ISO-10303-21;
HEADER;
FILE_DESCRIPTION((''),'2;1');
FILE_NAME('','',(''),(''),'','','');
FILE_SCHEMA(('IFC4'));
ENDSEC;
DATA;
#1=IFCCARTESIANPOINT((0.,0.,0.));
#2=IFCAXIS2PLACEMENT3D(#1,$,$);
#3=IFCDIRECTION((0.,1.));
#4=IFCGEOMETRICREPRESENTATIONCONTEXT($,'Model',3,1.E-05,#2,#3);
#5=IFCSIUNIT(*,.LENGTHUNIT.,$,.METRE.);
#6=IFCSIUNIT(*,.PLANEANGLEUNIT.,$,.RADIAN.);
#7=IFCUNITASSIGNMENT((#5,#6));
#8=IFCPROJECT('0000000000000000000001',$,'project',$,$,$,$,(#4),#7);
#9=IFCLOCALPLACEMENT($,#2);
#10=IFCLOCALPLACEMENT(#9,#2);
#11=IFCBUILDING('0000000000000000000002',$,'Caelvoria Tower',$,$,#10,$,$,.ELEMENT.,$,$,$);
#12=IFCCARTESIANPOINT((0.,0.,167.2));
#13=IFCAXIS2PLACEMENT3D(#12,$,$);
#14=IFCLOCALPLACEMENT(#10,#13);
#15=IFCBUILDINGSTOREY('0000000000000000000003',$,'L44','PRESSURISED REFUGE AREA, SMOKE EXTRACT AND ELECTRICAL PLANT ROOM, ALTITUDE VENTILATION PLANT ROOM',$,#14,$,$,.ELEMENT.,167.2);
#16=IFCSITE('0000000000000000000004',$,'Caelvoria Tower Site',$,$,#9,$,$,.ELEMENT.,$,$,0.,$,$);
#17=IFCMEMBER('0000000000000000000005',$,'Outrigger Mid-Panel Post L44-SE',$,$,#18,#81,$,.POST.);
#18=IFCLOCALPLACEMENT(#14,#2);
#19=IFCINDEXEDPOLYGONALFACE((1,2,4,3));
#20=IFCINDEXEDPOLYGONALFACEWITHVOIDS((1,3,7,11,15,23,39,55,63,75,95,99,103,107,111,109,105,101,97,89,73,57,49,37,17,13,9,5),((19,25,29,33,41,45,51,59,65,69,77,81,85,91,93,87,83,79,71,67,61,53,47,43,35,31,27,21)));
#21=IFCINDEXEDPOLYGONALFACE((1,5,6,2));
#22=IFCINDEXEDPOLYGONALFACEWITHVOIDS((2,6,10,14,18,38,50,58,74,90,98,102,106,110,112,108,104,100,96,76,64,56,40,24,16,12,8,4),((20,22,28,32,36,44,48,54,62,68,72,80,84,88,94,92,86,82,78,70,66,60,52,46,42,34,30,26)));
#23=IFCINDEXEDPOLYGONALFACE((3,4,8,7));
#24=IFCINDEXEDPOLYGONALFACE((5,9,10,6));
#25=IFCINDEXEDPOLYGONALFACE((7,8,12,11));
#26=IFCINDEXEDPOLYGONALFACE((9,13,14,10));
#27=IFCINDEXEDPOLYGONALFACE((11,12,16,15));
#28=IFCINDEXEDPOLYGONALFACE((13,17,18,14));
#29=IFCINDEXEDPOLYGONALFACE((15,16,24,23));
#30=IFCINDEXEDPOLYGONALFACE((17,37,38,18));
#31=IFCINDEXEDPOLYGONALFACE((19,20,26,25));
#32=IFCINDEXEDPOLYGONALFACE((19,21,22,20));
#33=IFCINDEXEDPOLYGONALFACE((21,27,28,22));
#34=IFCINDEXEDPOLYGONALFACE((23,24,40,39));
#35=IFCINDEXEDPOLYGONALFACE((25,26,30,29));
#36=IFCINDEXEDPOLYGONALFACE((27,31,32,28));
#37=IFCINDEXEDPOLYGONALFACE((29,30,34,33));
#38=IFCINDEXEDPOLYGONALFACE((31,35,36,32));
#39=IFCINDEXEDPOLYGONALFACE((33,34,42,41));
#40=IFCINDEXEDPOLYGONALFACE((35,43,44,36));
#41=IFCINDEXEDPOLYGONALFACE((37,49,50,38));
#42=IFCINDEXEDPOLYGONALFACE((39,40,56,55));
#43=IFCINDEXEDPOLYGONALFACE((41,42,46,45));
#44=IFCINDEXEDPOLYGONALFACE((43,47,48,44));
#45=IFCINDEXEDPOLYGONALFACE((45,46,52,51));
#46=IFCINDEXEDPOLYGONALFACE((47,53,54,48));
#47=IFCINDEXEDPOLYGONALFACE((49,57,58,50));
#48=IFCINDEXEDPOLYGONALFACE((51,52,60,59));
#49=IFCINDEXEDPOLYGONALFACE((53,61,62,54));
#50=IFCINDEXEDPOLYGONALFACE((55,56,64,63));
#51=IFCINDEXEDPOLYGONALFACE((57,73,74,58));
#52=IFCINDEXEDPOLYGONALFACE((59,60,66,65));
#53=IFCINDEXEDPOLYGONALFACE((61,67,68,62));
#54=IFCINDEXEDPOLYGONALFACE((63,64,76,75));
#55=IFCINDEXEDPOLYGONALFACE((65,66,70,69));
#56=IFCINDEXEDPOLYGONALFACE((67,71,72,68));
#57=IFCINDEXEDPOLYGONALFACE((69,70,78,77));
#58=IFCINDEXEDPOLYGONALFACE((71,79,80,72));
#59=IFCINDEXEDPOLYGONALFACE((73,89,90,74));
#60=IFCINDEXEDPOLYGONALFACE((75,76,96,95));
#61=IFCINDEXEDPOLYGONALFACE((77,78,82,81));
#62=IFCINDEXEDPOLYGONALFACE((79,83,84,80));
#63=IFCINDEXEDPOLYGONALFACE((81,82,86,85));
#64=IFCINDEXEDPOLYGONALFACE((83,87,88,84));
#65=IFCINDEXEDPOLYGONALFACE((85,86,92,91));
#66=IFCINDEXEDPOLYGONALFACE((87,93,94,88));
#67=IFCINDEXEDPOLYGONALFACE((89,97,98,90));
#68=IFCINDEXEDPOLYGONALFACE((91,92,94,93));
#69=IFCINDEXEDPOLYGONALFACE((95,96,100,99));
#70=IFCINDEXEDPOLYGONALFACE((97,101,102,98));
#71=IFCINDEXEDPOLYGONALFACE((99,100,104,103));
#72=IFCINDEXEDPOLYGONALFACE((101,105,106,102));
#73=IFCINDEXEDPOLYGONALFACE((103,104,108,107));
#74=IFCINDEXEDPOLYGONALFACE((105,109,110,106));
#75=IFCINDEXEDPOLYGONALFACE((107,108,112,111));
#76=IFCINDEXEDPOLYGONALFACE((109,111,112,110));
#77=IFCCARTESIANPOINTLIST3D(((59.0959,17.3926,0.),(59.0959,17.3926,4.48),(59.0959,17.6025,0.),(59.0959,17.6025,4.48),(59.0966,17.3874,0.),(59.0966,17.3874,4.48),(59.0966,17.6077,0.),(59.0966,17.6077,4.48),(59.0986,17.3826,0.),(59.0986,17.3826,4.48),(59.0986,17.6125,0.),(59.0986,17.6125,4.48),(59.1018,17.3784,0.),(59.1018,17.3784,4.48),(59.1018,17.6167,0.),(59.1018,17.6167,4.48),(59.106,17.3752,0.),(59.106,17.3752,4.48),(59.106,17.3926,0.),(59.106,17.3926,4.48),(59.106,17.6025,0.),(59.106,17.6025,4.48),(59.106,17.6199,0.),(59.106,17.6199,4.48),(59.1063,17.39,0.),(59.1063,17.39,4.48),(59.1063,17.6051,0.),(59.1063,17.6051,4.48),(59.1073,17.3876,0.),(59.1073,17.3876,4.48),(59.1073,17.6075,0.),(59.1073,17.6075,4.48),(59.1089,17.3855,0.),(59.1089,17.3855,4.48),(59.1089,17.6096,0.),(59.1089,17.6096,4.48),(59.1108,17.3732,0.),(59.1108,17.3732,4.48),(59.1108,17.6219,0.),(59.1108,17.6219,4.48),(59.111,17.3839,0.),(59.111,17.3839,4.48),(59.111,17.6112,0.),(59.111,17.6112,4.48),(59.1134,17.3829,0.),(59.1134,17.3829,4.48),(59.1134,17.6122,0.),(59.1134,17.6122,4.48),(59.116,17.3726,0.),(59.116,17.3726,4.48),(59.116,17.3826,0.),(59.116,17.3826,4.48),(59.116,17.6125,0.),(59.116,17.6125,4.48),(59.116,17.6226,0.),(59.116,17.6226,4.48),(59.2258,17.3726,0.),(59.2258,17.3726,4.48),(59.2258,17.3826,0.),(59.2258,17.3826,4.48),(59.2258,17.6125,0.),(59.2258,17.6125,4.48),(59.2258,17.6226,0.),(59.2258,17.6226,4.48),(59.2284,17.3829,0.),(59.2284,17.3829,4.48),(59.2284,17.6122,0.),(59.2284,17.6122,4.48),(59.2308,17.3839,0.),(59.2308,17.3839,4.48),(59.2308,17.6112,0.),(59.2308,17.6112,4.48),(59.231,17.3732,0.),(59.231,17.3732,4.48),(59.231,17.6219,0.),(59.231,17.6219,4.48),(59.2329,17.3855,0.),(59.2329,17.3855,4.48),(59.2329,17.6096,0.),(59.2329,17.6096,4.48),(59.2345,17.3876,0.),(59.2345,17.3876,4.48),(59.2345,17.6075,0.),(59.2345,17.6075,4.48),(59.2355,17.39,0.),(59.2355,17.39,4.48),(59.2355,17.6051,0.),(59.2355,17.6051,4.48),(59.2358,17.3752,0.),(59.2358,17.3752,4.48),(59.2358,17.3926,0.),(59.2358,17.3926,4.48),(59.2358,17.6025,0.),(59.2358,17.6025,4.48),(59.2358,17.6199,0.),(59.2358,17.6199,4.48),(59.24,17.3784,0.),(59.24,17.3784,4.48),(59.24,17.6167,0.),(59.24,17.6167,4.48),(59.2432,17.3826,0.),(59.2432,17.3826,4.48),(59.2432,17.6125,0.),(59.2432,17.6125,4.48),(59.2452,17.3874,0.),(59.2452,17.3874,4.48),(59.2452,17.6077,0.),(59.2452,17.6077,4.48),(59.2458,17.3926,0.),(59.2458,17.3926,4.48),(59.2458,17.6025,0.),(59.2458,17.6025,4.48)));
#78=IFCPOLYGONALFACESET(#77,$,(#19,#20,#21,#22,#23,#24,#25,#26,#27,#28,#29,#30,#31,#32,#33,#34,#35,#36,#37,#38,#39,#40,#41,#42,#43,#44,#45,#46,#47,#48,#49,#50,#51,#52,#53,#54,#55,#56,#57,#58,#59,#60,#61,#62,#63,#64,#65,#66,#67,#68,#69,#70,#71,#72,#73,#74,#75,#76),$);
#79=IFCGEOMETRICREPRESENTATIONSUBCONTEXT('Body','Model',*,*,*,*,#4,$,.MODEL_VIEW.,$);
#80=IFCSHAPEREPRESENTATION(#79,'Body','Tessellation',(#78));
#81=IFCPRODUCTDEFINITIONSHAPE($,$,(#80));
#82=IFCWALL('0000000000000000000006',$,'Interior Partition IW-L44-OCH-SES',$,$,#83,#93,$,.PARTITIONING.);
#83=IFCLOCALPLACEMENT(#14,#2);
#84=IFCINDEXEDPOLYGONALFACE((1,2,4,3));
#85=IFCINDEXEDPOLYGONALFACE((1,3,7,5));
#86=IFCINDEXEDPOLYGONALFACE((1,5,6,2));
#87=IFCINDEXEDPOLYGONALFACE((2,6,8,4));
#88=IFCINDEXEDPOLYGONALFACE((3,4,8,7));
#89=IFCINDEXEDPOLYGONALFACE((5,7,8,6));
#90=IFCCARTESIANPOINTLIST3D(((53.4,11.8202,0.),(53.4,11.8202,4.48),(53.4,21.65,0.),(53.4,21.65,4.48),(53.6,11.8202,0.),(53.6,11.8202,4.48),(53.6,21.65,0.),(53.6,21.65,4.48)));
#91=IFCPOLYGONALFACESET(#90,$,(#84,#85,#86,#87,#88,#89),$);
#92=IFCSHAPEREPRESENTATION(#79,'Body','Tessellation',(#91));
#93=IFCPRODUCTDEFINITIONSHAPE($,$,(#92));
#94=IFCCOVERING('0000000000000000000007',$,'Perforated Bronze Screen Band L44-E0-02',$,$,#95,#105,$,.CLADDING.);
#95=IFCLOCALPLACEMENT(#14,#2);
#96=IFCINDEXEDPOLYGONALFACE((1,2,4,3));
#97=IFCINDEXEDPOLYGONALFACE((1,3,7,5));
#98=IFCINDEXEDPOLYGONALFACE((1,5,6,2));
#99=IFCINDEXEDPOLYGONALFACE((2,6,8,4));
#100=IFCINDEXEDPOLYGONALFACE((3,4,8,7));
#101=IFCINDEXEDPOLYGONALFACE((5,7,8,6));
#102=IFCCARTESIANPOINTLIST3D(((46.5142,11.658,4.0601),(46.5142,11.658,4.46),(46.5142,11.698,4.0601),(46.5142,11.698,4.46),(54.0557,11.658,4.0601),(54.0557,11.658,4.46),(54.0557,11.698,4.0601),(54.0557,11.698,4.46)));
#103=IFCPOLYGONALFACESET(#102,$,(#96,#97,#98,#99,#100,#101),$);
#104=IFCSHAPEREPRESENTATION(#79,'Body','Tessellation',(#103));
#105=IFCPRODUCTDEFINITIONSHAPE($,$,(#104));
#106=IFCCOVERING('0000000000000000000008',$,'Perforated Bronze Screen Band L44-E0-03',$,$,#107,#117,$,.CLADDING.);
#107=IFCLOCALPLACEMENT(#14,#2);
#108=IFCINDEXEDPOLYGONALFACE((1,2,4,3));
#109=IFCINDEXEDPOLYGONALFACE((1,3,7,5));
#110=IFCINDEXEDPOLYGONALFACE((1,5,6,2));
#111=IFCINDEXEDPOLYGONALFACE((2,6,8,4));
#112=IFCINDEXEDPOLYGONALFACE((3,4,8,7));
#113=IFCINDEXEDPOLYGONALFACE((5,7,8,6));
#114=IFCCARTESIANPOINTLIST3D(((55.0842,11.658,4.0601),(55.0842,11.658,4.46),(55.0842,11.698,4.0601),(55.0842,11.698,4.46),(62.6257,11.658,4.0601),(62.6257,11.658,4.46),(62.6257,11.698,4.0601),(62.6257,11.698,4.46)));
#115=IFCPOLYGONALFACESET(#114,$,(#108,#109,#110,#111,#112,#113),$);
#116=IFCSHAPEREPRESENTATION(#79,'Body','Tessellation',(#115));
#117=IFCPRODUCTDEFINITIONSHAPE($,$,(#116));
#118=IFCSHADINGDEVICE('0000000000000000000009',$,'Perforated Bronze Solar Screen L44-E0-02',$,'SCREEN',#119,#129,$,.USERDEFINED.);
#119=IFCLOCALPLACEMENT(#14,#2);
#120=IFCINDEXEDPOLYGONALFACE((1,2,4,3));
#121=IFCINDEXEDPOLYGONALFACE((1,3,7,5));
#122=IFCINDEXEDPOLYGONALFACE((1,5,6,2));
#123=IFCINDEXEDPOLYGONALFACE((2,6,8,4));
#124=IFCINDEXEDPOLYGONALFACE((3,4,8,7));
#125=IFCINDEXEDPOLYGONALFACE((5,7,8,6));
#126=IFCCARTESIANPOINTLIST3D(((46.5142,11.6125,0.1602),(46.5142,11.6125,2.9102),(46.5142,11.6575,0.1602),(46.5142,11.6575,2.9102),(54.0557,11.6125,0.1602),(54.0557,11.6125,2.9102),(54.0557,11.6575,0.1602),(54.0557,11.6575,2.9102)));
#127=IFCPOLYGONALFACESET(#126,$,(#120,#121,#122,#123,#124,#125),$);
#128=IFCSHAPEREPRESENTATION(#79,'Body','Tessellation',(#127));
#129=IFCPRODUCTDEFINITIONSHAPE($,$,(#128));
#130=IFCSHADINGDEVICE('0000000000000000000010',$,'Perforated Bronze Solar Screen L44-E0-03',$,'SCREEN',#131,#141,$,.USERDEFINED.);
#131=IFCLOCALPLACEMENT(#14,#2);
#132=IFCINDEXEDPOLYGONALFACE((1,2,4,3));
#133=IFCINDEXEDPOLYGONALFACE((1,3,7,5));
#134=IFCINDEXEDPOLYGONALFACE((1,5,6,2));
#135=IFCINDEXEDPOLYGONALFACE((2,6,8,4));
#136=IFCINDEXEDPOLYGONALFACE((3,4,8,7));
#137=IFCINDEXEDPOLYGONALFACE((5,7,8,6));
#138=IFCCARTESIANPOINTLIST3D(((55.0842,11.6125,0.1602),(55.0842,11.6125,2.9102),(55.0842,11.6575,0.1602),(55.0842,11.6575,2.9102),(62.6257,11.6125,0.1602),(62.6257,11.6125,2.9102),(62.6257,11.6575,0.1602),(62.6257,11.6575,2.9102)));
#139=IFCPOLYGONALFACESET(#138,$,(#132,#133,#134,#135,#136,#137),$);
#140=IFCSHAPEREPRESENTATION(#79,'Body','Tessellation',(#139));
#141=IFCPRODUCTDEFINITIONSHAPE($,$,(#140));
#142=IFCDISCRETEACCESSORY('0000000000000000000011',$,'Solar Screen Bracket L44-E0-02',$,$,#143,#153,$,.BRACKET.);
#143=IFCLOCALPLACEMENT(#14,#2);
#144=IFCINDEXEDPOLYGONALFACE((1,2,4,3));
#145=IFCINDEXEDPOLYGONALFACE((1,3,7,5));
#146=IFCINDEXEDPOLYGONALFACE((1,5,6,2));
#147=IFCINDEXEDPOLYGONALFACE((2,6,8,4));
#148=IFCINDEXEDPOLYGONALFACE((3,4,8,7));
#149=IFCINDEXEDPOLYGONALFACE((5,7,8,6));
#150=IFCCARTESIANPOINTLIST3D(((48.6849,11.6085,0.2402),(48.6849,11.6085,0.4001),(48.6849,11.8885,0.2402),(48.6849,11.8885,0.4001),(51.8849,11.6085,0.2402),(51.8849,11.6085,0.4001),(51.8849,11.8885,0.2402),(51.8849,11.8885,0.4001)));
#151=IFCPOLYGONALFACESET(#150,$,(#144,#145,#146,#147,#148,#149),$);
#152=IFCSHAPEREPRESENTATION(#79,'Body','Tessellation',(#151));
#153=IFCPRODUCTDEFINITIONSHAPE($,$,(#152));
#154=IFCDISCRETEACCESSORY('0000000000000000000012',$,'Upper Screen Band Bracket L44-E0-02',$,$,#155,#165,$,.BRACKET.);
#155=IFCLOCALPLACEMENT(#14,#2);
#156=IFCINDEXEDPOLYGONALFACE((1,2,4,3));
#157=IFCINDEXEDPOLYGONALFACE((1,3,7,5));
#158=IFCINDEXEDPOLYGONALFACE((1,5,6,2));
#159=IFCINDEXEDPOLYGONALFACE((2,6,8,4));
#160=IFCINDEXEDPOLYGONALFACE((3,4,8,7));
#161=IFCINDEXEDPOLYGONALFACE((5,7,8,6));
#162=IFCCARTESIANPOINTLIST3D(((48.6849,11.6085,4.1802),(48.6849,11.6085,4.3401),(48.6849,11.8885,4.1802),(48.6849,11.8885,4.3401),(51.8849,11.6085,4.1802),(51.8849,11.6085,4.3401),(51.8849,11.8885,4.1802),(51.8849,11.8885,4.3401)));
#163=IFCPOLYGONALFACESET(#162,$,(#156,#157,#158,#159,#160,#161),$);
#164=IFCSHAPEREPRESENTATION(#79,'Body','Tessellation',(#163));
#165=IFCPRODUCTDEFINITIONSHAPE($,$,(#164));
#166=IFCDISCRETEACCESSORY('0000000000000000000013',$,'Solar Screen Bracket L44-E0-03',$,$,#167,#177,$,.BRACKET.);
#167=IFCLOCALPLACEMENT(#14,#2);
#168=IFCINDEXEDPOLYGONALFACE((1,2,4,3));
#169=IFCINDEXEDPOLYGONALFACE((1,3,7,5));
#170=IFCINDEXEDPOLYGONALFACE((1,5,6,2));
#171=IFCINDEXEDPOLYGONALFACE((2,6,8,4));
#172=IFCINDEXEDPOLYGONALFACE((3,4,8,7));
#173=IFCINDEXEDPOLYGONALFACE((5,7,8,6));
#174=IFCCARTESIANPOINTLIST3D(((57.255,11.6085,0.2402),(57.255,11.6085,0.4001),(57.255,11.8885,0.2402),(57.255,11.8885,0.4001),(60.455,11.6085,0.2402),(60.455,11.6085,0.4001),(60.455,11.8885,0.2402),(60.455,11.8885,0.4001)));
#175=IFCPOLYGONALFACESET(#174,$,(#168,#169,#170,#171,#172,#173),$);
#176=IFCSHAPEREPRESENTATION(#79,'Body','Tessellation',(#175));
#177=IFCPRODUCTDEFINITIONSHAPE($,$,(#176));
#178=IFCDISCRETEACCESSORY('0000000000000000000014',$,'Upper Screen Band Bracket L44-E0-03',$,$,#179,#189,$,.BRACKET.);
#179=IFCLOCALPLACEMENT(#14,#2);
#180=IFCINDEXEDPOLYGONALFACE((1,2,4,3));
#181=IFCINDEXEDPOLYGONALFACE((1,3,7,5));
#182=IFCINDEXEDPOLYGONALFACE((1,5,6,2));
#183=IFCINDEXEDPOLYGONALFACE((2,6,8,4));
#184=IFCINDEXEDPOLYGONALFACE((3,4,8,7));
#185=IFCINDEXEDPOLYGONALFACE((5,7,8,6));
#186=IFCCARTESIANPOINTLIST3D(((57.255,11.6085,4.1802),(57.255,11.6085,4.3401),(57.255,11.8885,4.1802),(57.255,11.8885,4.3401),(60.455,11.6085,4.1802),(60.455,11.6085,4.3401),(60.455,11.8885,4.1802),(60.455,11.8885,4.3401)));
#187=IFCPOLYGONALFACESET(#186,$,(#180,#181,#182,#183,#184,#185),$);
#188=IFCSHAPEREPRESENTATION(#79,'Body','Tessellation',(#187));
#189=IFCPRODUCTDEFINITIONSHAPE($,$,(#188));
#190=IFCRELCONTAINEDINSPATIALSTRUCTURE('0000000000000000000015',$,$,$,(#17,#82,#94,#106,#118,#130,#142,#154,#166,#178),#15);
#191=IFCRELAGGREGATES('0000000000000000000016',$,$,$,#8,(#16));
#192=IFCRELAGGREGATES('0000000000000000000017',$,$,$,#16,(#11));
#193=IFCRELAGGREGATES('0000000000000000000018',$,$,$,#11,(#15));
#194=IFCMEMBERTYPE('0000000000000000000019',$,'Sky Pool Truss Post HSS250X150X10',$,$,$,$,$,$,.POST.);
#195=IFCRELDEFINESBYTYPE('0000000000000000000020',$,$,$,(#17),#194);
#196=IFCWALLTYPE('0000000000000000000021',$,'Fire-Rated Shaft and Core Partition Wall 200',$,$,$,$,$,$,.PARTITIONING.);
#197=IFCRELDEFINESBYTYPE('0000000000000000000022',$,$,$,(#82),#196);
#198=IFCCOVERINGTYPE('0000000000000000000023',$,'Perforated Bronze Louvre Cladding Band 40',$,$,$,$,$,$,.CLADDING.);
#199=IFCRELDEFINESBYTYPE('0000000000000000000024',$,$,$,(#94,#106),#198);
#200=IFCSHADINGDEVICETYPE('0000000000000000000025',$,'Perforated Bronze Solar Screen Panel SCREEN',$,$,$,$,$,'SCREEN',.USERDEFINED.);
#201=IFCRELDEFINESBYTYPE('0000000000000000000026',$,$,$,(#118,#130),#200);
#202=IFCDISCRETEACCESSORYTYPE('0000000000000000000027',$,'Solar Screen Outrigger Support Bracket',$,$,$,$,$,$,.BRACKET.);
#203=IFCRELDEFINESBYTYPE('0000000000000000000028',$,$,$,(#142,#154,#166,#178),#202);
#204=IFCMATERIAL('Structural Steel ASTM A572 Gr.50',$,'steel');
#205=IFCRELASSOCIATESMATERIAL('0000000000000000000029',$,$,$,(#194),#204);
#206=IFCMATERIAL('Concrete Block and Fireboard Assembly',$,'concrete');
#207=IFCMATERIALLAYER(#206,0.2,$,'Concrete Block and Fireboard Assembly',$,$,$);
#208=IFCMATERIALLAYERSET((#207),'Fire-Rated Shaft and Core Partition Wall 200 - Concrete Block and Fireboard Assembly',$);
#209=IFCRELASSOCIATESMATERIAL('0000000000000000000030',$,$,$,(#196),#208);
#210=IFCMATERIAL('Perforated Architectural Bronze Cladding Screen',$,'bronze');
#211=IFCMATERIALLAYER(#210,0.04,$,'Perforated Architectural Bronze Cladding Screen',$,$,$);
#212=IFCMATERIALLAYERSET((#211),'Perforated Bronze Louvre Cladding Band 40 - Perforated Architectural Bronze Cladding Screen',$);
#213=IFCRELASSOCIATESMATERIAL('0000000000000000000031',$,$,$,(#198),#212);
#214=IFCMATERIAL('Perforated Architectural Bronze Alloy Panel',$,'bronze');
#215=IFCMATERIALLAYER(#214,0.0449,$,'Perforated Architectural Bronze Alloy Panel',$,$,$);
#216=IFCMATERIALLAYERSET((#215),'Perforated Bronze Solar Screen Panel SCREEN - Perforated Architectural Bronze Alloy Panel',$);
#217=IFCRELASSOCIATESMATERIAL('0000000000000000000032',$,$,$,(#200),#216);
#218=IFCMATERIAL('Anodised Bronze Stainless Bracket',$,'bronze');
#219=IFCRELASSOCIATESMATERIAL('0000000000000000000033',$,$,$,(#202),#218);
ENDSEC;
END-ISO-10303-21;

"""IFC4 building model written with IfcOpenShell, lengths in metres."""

from ifc_helpers import new_model, si_unit, direction, frame, frame_2d, origin, origin_2d, place, context, subcontext, project, spatial, rectangle, hollow_rectangle, extrude, material, layer, layer_set, material_profile, profile_set, type_object, element, save


model = new_model("IFC4")

# Units and contexts
model_context = context("Model", 3, precision=1e-05, world=origin(), true_north=direction((0.0, 1.0)))
body_context = subcontext(model_context, "Body", "Model", "MODEL_VIEW")
ifc_project = project(units=[si_unit("LENGTHUNIT", "METRE"), si_unit("PLANEANGLEUNIT", "RADIAN")], contexts=[model_context])

# Site, building, storey
site_placement = place(None, origin())
site = spatial("IfcSite", under=ifc_project, at=site_placement, Name="Caelvoria Tower Site", CompositionType="ELEMENT", RefElevation=0.0)
building_placement = place(site_placement, origin())
building = spatial("IfcBuilding", under=site, at=building_placement, Name="Caelvoria Tower", CompositionType="ELEMENT")
storey_placement = place(building_placement, frame((0.0, 0.0, 167.2)))
storey = spatial("IfcBuildingStorey", under=building, at=storey_placement, Name="L44", Description="PRESSURISED REFUGE AREA, SMOKE EXTRACT AND ELECTRICAL PLANT ROOM, ALTITUDE VENTILATION PLANT ROOM", CompositionType="ELEMENT", Elevation=167.2)

# Shared definitions
ifc_material_1 = material(Name="Structural Steel ASTM A572 Gr.50", Category="steel")

# Member
ifc_material_profile_1 = material_profile(ifc_material_1, hollow_rectangle(XDim=0.1499, YDim=0.25, WallThickness=0.01, InnerFilletRadius=0.01, OuterFilletRadius=0.02, at=origin_2d()), Name="Structural Steel ASTM A572 Gr.50")
ifc_profile_set_1 = profile_set([ifc_material_profile_1], Name="HSS250X150X10 - Structural Steel ASTM A572 Gr.50")
member_type_1 = type_object("IfcMemberType", Name="Sky Pool Truss Post HSS250X150X10", PredefinedType="POST", material=ifc_profile_set_1)
member_1_placement = place(storey_placement, frame((59.1709, 17.4976, 0.0), z_axis=(0.0, 0.0, 1.0), x_axis=(1.0, 0.0, 0.0)))
element("IfcMember", 1, at=member_1_placement, inside=storey, type_object=member_type_1, Name="Outrigger Mid-Panel Post L44-SE", PredefinedType="POST", context=body_context, shape_type="SweptSolid", body=[
    extrude(hollow_rectangle(XDim=0.1499, YDim=0.25, WallThickness=0.01, InnerFilletRadius=0.01, OuterFilletRadius=0.02, at=origin_2d()), origin(), (0.0, 0.0, 1.0), 4.48),
])

# Wall
ifc_material_2 = material(Name="Concrete Block and Fireboard Assembly", Category="concrete")
ifc_layer_1 = layer(ifc_material_2, 0.2, Name="Concrete Block and Fireboard Assembly")
ifc_layer_set_1 = layer_set([ifc_layer_1], Name="Fire-Rated Shaft and Core Partition Wall 200 - Concrete Block and Fireboard Assembly")
wall_type = type_object("IfcWallType", Name="Fire-Rated Shaft and Core Partition Wall 200", PredefinedType="PARTITIONING", material=ifc_layer_set_1)
wall_placement = place(storey_placement, frame((53.5, 11.8201, 0.0), z_axis=(0.0, 0.0, 1.0), x_axis=(0.0, 1.0, 0.0)))
element("IfcWall", 2, at=wall_placement, inside=storey, type_object=wall_type, Name="Interior Partition IW-L44-OCH-SES", PredefinedType="PARTITIONING", context=body_context, shape_type="SweptSolid", body=[
    extrude(rectangle(XDim=9.8298, YDim=0.2, at=frame_2d((4.915, 0.0))), origin(), (0.0, 0.0, 1.0), 4.48),
])

# Coverings
ifc_material_3 = material(Name="Perforated Architectural Bronze Cladding Screen", Category="bronze")
ifc_layer_2 = layer(ifc_material_3, 0.04, Name="Perforated Architectural Bronze Cladding Screen")
ifc_layer_set_2 = layer_set([ifc_layer_2], Name="Perforated Bronze Louvre Cladding Band 40 - Perforated Architectural Bronze Cladding Screen")
covering_type = type_object("IfcCoveringType", Name="Perforated Bronze Louvre Cladding Band 40", PredefinedType="CLADDING", material=ifc_layer_set_2)
for number, where, z_axis, x_axis, name in (
    (3, (50.2849, 11.678, 4.0601), (0.0, 0.0, 1.0), (1.0, 0.0, 0.0), "Perforated Bronze Screen Band L44-E0-02"),
    (4, (58.855, 11.678, 4.0601), (0.0, 0.0, 1.0), (1.0, 0.0, 0.0), "Perforated Bronze Screen Band L44-E0-03"),
):
    element("IfcCovering", number, at=place(storey_placement, frame(where, z_axis=z_axis, x_axis=x_axis)), inside=storey, type_object=covering_type, Name=name, PredefinedType="CLADDING", context=body_context, shape_type="SweptSolid", body=[
        extrude(rectangle(XDim=7.5415, YDim=0.04, at=origin_2d()), origin(), (0.0, 0.0, 1.0), 0.3999),
    ])

# Shading devices
ifc_material_4 = material(Name="Perforated Architectural Bronze Alloy Panel", Category="bronze")
ifc_layer_3 = layer(ifc_material_4, 0.0449, Name="Perforated Architectural Bronze Alloy Panel")
ifc_layer_set_3 = layer_set([ifc_layer_3], Name="Perforated Bronze Solar Screen Panel SCREEN - Perforated Architectural Bronze Alloy Panel")
shading_device_type = type_object("IfcShadingDeviceType", Name="Perforated Bronze Solar Screen Panel SCREEN", ElementType="SCREEN", PredefinedType="USERDEFINED", material=ifc_layer_set_3)
for number, where, z_axis, x_axis, name in (
    (5, (50.2849, 11.635, 0.1602), (0.0, 0.0, 1.0), (1.0, 0.0, 0.0), "Perforated Bronze Solar Screen L44-E0-02"),
    (6, (58.855, 11.635, 0.1602), (0.0, 0.0, 1.0), (1.0, 0.0, 0.0), "Perforated Bronze Solar Screen L44-E0-03"),
):
    element("IfcShadingDevice", number, at=place(storey_placement, frame(where, z_axis=z_axis, x_axis=x_axis)), inside=storey, type_object=shading_device_type, Name=name, ObjectType="SCREEN", PredefinedType="USERDEFINED", context=body_context, shape_type="SweptSolid", body=[
        extrude(rectangle(XDim=7.5415, YDim=0.0449, at=origin_2d()), origin(), (0.0, 0.0, 1.0), 2.75),
    ])

# Discrete accessories
ifc_material_5 = material(Name="Anodised Bronze Stainless Bracket", Category="bronze")
discrete_accessory_type = type_object("IfcDiscreteAccessoryType", Name="Solar Screen Outrigger Support Bracket", PredefinedType="BRACKET", material=ifc_material_5)
for number, where, z_axis, x_axis, name in (
    (7, (50.2849, 11.7485, 0.2402), (0.0, 0.0, 1.0), (1.0, 0.0, 0.0), "Solar Screen Bracket L44-E0-02"),
    (8, (50.2849, 11.7485, 4.1802), (0.0, 0.0, 1.0), (1.0, 0.0, 0.0), "Upper Screen Band Bracket L44-E0-02"),
    (9, (58.855, 11.7485, 0.2402), (0.0, 0.0, 1.0), (1.0, 0.0, 0.0), "Solar Screen Bracket L44-E0-03"),
    (10, (58.855, 11.7485, 4.1802), (0.0, 0.0, 1.0), (1.0, 0.0, 0.0), "Upper Screen Band Bracket L44-E0-03"),
):
    element("IfcDiscreteAccessory", number, at=place(storey_placement, frame(where, z_axis=z_axis, x_axis=x_axis)), inside=storey, type_object=discrete_accessory_type, Name=name, PredefinedType="BRACKET", context=body_context, shape_type="SweptSolid", body=[
        extrude(rectangle(XDim=3.2, YDim=0.28, at=origin_2d()), origin(), (0.0, 0.0, 1.0), 0.1599),
    ])

save(model, "model.ifc")
